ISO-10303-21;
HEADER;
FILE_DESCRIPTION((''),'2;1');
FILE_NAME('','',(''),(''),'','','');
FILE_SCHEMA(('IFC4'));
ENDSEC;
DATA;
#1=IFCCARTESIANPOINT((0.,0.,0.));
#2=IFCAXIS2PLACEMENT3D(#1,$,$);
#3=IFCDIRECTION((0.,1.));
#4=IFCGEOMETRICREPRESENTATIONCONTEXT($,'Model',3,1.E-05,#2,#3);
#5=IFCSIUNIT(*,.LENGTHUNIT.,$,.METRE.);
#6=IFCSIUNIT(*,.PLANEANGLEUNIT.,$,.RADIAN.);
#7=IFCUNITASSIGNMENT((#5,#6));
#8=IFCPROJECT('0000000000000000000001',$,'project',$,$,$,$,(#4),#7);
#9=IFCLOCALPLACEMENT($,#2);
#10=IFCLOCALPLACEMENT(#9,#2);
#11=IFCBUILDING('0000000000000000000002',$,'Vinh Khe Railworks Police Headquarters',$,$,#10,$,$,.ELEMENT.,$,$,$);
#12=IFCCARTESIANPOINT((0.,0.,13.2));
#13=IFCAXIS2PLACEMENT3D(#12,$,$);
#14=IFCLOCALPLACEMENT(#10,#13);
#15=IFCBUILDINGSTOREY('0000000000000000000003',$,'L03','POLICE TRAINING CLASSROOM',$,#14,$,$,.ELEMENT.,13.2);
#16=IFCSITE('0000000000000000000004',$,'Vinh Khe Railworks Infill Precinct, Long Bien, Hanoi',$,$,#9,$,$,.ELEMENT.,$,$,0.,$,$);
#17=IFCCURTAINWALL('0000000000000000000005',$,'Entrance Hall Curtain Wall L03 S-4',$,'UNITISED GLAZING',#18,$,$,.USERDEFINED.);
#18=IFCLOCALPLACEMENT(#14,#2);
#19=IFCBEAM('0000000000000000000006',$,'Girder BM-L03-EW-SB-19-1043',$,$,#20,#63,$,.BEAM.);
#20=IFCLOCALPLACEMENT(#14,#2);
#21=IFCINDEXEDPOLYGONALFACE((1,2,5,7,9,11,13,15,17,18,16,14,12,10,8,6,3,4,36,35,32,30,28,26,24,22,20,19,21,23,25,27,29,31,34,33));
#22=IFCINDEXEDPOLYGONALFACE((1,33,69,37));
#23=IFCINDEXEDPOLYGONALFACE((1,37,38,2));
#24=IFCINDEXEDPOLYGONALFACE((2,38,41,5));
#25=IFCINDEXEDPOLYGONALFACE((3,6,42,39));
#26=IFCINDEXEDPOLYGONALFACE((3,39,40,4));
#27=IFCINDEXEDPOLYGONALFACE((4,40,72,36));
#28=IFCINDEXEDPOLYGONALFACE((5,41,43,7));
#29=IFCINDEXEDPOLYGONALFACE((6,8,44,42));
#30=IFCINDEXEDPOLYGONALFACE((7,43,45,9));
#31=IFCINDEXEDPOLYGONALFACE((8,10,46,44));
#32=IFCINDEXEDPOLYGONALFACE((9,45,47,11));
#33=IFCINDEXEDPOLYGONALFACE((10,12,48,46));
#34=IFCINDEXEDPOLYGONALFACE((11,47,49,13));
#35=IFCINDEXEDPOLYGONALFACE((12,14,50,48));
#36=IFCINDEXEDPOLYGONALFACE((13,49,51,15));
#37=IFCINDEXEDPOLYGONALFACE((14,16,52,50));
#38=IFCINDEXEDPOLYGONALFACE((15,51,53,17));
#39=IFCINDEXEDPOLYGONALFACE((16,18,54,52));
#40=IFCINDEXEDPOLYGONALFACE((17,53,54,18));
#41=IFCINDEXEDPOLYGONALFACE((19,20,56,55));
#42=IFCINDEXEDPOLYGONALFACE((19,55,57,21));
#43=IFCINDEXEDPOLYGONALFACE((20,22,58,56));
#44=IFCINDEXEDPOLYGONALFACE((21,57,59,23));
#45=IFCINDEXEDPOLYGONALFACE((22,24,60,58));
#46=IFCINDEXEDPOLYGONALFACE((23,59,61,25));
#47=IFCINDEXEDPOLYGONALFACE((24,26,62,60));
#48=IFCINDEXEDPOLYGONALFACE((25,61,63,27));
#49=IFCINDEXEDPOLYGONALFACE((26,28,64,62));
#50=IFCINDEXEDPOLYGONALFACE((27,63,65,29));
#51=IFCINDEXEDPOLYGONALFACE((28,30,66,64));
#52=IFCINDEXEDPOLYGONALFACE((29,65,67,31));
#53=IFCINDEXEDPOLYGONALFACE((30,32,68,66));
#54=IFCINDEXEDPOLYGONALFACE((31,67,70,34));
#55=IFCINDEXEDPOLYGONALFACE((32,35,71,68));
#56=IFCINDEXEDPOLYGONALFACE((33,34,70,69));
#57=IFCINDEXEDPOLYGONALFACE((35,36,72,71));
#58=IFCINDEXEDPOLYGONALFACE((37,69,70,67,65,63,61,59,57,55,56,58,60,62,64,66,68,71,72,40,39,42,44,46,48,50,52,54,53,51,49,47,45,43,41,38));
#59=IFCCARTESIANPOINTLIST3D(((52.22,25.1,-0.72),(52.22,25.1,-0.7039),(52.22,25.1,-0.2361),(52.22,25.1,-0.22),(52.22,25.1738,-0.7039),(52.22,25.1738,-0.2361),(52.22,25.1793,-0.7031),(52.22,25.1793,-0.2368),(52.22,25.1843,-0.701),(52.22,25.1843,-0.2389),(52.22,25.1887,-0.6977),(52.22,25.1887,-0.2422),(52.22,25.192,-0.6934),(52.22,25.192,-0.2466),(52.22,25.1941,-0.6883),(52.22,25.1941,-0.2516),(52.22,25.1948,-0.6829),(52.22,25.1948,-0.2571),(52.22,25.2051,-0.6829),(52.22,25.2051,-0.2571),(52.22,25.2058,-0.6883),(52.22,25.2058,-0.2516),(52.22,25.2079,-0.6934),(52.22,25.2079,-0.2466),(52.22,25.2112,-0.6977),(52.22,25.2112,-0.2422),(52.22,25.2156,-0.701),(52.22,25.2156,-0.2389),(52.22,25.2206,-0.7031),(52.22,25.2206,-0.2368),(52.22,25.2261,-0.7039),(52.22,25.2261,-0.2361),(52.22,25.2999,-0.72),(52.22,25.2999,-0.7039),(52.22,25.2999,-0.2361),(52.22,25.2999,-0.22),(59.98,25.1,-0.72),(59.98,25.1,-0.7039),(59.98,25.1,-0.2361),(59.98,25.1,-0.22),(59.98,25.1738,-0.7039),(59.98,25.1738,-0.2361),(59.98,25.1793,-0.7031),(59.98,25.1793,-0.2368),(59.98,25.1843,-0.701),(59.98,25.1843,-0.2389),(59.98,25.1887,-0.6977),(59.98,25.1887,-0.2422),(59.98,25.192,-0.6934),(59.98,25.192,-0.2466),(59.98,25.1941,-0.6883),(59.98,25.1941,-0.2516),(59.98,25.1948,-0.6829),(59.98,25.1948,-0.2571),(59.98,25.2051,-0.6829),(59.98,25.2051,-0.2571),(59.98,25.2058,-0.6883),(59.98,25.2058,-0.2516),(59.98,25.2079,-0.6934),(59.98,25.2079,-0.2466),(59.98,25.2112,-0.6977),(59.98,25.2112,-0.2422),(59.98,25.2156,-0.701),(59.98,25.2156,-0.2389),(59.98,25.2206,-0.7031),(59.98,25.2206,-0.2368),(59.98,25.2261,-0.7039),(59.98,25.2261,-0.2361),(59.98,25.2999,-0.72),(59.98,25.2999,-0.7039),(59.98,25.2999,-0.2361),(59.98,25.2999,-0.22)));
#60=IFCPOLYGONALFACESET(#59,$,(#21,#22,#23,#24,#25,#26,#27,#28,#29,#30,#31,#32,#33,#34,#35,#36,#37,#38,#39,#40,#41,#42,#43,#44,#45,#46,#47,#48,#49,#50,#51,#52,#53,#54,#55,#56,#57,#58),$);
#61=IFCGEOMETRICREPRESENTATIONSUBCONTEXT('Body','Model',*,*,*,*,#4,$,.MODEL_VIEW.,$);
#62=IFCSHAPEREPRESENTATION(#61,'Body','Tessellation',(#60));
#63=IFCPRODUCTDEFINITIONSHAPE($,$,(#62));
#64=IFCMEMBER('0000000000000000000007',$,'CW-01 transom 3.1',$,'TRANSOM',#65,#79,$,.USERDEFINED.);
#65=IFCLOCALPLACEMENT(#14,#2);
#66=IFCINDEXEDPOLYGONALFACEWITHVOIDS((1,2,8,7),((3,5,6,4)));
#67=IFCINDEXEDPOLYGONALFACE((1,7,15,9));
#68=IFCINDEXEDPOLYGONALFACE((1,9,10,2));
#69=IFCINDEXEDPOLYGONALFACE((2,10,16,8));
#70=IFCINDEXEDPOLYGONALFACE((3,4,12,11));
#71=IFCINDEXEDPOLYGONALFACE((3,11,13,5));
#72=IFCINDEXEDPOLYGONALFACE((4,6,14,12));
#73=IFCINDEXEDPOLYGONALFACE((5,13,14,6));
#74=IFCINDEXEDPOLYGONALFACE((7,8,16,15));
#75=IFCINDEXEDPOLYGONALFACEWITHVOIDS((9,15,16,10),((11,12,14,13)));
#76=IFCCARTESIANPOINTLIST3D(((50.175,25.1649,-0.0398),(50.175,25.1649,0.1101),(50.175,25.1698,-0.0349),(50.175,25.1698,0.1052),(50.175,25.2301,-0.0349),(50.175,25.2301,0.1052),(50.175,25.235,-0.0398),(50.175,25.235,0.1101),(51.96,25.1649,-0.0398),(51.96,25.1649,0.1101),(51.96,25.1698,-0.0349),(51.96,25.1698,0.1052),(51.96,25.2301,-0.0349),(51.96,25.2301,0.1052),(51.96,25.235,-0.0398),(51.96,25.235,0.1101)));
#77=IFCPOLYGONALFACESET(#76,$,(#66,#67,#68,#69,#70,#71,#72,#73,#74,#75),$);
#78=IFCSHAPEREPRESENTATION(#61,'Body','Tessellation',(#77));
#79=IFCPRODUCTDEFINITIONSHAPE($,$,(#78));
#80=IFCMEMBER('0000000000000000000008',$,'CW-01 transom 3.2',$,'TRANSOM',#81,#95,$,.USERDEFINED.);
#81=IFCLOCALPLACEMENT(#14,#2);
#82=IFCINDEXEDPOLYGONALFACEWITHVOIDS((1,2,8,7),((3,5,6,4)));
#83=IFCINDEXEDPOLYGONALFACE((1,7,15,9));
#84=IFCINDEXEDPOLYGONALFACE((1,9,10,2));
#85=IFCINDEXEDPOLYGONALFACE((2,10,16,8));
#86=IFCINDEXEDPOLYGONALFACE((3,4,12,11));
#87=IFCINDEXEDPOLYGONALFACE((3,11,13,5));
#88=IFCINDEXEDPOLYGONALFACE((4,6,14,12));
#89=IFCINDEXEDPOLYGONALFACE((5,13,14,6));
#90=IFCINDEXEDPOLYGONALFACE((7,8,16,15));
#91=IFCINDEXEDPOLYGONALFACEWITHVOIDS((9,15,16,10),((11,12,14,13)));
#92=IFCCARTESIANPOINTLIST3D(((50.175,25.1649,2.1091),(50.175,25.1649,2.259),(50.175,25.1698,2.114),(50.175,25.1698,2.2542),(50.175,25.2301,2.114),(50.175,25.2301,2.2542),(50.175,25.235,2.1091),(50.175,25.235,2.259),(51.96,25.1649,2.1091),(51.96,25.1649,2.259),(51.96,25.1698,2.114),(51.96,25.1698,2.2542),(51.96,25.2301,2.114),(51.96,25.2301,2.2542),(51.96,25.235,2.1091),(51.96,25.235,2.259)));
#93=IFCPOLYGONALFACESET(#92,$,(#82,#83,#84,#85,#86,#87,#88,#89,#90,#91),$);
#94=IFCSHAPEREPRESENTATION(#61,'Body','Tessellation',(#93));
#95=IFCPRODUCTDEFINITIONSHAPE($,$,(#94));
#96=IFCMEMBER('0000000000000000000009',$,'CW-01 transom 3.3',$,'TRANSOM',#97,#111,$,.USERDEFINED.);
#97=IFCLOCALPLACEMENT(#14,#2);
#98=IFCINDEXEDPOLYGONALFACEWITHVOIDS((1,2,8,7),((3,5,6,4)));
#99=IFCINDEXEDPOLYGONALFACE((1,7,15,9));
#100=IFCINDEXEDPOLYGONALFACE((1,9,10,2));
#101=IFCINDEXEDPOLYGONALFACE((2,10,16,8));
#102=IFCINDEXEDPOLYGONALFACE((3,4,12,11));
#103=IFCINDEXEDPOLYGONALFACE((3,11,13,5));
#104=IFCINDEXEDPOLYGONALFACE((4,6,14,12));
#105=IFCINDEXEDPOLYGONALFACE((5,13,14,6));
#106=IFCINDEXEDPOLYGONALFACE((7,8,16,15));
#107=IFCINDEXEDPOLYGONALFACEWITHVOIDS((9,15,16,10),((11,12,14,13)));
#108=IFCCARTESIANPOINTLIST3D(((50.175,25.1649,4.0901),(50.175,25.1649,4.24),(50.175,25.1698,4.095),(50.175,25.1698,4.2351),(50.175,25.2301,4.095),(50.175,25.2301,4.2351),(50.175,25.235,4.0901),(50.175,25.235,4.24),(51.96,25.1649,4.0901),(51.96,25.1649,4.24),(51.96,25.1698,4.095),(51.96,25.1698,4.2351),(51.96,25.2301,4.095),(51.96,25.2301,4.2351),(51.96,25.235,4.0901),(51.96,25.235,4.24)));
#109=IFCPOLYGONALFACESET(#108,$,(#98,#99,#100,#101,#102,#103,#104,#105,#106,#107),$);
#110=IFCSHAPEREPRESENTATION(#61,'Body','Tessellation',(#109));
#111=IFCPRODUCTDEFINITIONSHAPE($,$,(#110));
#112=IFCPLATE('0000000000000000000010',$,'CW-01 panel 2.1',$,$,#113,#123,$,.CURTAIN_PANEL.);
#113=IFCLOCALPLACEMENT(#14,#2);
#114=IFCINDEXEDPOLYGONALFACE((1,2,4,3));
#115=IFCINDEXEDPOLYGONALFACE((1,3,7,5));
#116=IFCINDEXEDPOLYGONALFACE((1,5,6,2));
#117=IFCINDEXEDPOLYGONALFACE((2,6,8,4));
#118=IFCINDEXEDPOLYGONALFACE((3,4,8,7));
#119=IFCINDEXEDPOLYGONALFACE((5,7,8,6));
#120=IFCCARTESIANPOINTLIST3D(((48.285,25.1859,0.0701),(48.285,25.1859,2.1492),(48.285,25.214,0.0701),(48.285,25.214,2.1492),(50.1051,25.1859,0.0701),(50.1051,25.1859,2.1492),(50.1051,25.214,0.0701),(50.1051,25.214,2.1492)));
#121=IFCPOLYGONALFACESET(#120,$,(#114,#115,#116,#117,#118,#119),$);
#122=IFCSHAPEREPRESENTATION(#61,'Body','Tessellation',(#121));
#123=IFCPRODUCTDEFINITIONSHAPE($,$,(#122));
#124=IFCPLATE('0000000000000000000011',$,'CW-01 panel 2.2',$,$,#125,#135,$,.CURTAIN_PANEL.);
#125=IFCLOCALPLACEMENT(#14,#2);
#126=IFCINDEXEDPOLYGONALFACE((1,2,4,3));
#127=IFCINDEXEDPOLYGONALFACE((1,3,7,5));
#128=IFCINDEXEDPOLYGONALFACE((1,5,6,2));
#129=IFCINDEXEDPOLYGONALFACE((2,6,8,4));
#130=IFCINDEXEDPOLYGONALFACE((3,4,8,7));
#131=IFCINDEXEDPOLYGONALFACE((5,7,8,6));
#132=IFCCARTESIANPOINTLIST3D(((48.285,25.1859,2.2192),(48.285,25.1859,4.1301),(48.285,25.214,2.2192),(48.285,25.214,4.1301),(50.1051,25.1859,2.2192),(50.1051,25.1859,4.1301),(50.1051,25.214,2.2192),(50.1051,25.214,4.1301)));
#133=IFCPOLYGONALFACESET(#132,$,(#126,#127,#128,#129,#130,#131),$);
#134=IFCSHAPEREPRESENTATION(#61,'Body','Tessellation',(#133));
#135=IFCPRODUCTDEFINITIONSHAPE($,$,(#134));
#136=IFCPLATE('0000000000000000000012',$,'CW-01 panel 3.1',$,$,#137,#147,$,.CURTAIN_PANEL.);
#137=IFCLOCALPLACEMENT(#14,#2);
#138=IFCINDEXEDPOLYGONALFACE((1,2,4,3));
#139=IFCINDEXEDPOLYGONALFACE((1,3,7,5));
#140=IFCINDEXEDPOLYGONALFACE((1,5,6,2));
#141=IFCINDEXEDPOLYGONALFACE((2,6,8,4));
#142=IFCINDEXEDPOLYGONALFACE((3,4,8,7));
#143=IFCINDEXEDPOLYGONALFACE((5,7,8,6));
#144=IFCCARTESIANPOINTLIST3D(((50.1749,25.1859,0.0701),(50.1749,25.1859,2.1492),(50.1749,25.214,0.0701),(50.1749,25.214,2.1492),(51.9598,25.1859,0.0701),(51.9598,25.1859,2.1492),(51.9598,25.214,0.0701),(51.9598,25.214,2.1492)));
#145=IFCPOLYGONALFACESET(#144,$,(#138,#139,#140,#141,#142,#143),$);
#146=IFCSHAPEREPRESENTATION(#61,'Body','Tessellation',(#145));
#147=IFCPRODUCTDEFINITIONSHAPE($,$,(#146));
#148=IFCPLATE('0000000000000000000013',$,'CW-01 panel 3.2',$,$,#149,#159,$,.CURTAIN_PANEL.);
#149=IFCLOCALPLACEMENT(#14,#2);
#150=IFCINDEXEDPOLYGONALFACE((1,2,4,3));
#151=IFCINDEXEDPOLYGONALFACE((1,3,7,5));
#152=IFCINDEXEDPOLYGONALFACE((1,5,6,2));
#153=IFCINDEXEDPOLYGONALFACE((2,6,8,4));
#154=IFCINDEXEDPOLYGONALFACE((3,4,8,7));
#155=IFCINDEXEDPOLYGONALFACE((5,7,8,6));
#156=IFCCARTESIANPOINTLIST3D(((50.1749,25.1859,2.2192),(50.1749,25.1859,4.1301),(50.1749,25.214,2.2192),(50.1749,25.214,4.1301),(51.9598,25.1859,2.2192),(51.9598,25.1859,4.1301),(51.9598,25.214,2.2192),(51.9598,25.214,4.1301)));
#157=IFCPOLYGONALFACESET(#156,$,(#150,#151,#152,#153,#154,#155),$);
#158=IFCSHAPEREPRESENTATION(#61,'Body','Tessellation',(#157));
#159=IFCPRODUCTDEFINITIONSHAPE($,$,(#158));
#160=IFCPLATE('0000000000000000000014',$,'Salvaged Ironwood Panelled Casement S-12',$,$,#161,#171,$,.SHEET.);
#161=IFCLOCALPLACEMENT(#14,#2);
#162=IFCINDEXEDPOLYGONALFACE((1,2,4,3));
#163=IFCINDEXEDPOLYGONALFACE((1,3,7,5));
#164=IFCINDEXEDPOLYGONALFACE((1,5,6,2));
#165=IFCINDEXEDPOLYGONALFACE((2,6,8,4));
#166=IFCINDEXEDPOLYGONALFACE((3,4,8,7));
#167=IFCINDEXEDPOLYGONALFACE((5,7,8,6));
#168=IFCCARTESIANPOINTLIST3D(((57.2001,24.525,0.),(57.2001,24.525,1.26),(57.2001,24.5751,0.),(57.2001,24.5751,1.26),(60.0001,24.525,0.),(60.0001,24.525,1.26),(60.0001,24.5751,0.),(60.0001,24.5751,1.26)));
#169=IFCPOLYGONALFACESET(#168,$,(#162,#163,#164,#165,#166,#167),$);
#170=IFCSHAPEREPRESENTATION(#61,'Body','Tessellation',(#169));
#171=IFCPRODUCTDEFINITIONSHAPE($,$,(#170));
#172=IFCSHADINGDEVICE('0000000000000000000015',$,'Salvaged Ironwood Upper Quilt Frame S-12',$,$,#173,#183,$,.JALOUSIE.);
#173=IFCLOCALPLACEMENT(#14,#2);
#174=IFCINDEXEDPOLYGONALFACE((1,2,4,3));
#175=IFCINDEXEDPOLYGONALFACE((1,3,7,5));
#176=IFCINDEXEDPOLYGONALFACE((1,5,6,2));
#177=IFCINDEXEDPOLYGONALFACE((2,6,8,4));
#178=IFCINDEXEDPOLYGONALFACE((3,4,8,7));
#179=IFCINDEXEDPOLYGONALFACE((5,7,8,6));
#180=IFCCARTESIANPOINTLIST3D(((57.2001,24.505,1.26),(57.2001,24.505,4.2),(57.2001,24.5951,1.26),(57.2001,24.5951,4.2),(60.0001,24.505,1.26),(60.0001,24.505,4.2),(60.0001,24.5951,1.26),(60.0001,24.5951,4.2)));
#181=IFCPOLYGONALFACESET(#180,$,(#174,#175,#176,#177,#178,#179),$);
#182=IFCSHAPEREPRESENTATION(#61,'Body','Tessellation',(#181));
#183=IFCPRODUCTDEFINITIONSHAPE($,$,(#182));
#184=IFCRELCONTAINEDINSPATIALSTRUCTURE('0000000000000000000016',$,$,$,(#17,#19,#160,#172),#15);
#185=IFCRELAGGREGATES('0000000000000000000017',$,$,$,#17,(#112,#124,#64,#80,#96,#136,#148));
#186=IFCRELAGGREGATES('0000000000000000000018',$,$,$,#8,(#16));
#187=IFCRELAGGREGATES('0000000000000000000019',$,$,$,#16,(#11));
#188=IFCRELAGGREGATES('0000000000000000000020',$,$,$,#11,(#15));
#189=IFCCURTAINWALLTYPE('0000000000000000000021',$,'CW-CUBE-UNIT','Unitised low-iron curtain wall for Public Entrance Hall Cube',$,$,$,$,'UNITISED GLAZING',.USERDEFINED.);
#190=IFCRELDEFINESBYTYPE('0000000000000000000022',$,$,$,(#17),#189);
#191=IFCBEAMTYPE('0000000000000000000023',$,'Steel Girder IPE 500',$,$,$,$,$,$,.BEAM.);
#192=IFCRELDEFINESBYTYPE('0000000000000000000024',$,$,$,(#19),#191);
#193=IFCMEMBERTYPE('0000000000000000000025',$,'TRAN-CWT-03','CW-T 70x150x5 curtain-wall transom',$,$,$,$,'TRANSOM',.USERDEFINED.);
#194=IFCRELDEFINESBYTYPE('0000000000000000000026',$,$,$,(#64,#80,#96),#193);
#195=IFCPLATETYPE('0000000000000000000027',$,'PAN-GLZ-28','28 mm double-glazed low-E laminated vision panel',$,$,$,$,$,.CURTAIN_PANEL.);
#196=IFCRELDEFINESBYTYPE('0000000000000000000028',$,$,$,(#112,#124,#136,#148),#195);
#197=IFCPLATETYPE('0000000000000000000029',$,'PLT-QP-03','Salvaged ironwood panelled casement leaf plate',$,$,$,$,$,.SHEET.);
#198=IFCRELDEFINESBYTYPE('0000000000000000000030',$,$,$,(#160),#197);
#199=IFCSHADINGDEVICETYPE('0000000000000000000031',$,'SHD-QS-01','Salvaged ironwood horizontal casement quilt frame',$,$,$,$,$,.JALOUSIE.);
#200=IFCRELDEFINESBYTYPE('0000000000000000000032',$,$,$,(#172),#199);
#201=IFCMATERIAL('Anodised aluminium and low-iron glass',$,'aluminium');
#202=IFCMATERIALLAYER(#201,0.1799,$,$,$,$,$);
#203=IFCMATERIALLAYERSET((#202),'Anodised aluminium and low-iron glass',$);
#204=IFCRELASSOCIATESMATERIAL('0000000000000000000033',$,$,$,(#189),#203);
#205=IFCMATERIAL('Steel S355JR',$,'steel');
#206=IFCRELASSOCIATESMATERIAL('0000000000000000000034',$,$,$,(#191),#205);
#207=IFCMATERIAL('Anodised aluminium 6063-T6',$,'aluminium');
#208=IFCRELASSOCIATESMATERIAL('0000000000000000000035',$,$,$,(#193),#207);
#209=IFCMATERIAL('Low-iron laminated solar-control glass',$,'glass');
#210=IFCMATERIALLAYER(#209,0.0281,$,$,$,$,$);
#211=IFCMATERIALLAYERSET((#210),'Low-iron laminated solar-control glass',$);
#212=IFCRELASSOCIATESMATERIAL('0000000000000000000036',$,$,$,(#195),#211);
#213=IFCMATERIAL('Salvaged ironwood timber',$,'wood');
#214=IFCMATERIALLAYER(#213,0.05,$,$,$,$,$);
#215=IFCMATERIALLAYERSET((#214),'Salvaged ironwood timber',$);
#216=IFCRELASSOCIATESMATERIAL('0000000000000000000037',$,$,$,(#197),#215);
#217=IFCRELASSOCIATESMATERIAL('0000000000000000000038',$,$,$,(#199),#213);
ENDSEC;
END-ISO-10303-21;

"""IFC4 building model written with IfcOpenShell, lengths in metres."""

from ifc_helpers import new_model, si_unit, direction, frame, origin, origin_2d, place, context, subcontext, project, spatial, rectangle, hollow_rectangle, i_section, extrude, material, layer, layer_set, material_profile, profile_set, type_object, element, aggregate, save


model = new_model("IFC4")

# Units and contexts
model_context = context("Model", 3, precision=1e-05, world=origin(), true_north=direction((0.0, 1.0)))
body_context = subcontext(model_context, "Body", "Model", "MODEL_VIEW")
ifc_project = project(units=[si_unit("LENGTHUNIT", "METRE"), si_unit("PLANEANGLEUNIT", "RADIAN")], contexts=[model_context])

# Site, building, storey
site_placement = place(None, origin())
site = spatial("IfcSite", under=ifc_project, at=site_placement, Name="Vinh Khe Railworks Infill Precinct, Long Bien, Hanoi", CompositionType="ELEMENT", RefElevation=0.0)
building_placement = place(site_placement, origin())
building = spatial("IfcBuilding", under=site, at=building_placement, Name="Vinh Khe Railworks Police Headquarters", CompositionType="ELEMENT")
storey_placement = place(building_placement, frame((0.0, 0.0, 13.2)))
storey = spatial("IfcBuildingStorey", under=building, at=storey_placement, Name="L03", Description="POLICE TRAINING CLASSROOM", CompositionType="ELEMENT", Elevation=13.2)

# Shared definitions
ifc_material_1 = material(Name="Steel S355JR", Category="steel")

# Shared definitions
ifc_material_2 = material(Name="Salvaged ironwood timber", Category="wood")

# Curtain wall
ifc_material_3 = material(Name="Anodised aluminium and low-iron glass", Category="aluminium")
ifc_layer_1 = layer(ifc_material_3, 0.1799)
ifc_layer_set_1 = layer_set([ifc_layer_1], Name="Anodised aluminium and low-iron glass")
curtain_wall_type = type_object("IfcCurtainWallType", Name="CW-CUBE-UNIT", Description="Unitised low-iron curtain wall for Public Entrance Hall Cube", ElementType="UNITISED GLAZING", PredefinedType="USERDEFINED", material=ifc_layer_set_1)
curtain_wall_placement = place(storey_placement, origin())
curtain_wall = element("IfcCurtainWall", 1, at=curtain_wall_placement, inside=storey, type_object=curtain_wall_type, Name="Entrance Hall Curtain Wall L03 S-4", ObjectType="UNITISED GLAZING", PredefinedType="USERDEFINED")
ifc_material_4 = material(Name="Anodised aluminium 6063-T6", Category="aluminium")

# Beam
ifc_material_profile_1 = material_profile(ifc_material_1, i_section(OverallWidth=0.2, OverallDepth=0.5, WebThickness=0.0103, FlangeThickness=0.0161, FilletRadius=0.021, at=origin_2d()), Name="IPE 500")
ifc_profile_set_1 = profile_set([ifc_material_profile_1], Name="Steel S355JR")
beam_type = type_object("IfcBeamType", Name="Steel Girder IPE 500", PredefinedType="BEAM", material=ifc_profile_set_1)
beam_placement = place(storey_placement, frame((52.22, 25.2, -0.47), z_axis=(1.0, 0.0, 0.0), x_axis=(0.0, 1.0, 0.0)))
element("IfcBeam", 2, at=beam_placement, inside=storey, type_object=beam_type, Name="Girder BM-L03-EW-SB-19-1043", PredefinedType="BEAM", context=body_context, shape_type="SweptSolid", body=[
    extrude(i_section(OverallWidth=0.2, OverallDepth=0.5, WebThickness=0.0103, FlangeThickness=0.0161, FilletRadius=0.021, at=origin_2d()), origin(), (0.0, 0.0, 1.0), 7.76),
])

# Members
ifc_material_profile_2 = material_profile(ifc_material_4, hollow_rectangle(XDim=0.0701, YDim=0.1499, WallThickness=0.0049, at=origin_2d()), Name="CW-T 70x150x5")
ifc_profile_set_2 = profile_set([ifc_material_profile_2], Name="Anodised aluminium 6063-T6")
member_type_1 = type_object("IfcMemberType", Name="TRAN-CWT-03", Description="CW-T 70x150x5 curtain-wall transom", ElementType="TRANSOM", PredefinedType="USERDEFINED", material=ifc_profile_set_2)
member_1_placement = place(storey_placement, frame((50.175, 25.2, 0.0352), z_axis=(1.0, 0.0, 0.0), x_axis=(0.0, 1.0, 0.0)))
member_1 = element("IfcMember", 3, at=member_1_placement, type_object=member_type_1, Name="CW-01 transom 3.1", ObjectType="TRANSOM", PredefinedType="USERDEFINED", context=body_context, shape_type="SweptSolid", body=[
    extrude(hollow_rectangle(XDim=0.0701, YDim=0.1499, WallThickness=0.0049, at=origin_2d()), origin(), (0.0, 0.0, 1.0), 1.7849),
])
member_2_placement = place(storey_placement, frame((50.175, 25.2, 2.1841), z_axis=(1.0, 0.0, 0.0), x_axis=(0.0, 1.0, 0.0)))
member_2 = element("IfcMember", 4, at=member_2_placement, type_object=member_type_1, Name="CW-01 transom 3.2", ObjectType="TRANSOM", PredefinedType="USERDEFINED", context=body_context, shape_type="SweptSolid", body=[
    extrude(hollow_rectangle(XDim=0.0701, YDim=0.1499, WallThickness=0.0049, at=origin_2d()), origin(), (0.0, 0.0, 1.0), 1.7849),
])
member_3_placement = place(storey_placement, frame((50.175, 25.2, 4.165), z_axis=(1.0, 0.0, 0.0), x_axis=(0.0, 1.0, 0.0)))
member_3 = element("IfcMember", 5, at=member_3_placement, type_object=member_type_1, Name="CW-01 transom 3.3", ObjectType="TRANSOM", PredefinedType="USERDEFINED", context=body_context, shape_type="SweptSolid", body=[
    extrude(hollow_rectangle(XDim=0.0701, YDim=0.1499, WallThickness=0.0049, at=origin_2d()), origin(), (0.0, 0.0, 1.0), 1.7849),
])

# Plates
ifc_material_5 = material(Name="Low-iron laminated solar-control glass", Category="glass")
ifc_layer_2 = layer(ifc_material_5, 0.0281)
ifc_layer_set_2 = layer_set([ifc_layer_2], Name="Low-iron laminated solar-control glass")
plate_type_1 = type_object("IfcPlateType", Name="PAN-GLZ-28", Description="28 mm double-glazed low-E laminated vision panel", PredefinedType="CURTAIN_PANEL", material=ifc_layer_set_2)
plate_1_placement = place(storey_placement, frame((49.1951, 25.2, 0.0701), z_axis=(0.0, 0.0, 1.0), x_axis=(1.0, 0.0, 0.0)))
plate_1 = element("IfcPlate", 6, at=plate_1_placement, type_object=plate_type_1, Name="CW-01 panel 2.1", PredefinedType="CURTAIN_PANEL", context=body_context, shape_type="SweptSolid", body=[
    extrude(rectangle(XDim=1.8201, YDim=0.0281, at=origin_2d()), origin(), (0.0, 0.0, 1.0), 2.0791),
])
plate_2_placement = place(storey_placement, frame((49.1951, 25.2, 2.2192), z_axis=(0.0, 0.0, 1.0), x_axis=(1.0, 0.0, 0.0)))
plate_2 = element("IfcPlate", 7, at=plate_2_placement, type_object=plate_type_1, Name="CW-01 panel 2.2", PredefinedType="CURTAIN_PANEL", context=body_context, shape_type="SweptSolid", body=[
    extrude(rectangle(XDim=1.8201, YDim=0.0281, at=origin_2d()), origin(), (0.0, 0.0, 1.0), 1.9109),
])
plate_3_placement = place(storey_placement, frame((51.0674, 25.2, 0.0701), z_axis=(0.0, 0.0, 1.0), x_axis=(1.0, 0.0, 0.0)))
plate_3 = element("IfcPlate", 8, at=plate_3_placement, type_object=plate_type_1, Name="CW-01 panel 3.1", PredefinedType="CURTAIN_PANEL", context=body_context, shape_type="SweptSolid", body=[
    extrude(rectangle(XDim=1.7849, YDim=0.0281, at=origin_2d()), origin(), (0.0, 0.0, 1.0), 2.0791),
])
plate_4_placement = place(storey_placement, frame((51.0674, 25.2, 2.2192), z_axis=(0.0, 0.0, 1.0), x_axis=(1.0, 0.0, 0.0)))
plate_4 = element("IfcPlate", 9, at=plate_4_placement, type_object=plate_type_1, Name="CW-01 panel 3.2", PredefinedType="CURTAIN_PANEL", context=body_context, shape_type="SweptSolid", body=[
    extrude(rectangle(XDim=1.7849, YDim=0.0281, at=origin_2d()), origin(), (0.0, 0.0, 1.0), 1.9109),
])
aggregate(curtain_wall, [plate_1, plate_2, member_1, member_2, member_3, plate_3, plate_4])
ifc_layer_3 = layer(ifc_material_2, 0.05)
ifc_layer_set_3 = layer_set([ifc_layer_3], Name="Salvaged ironwood timber")
plate_type_2 = type_object("IfcPlateType", Name="PLT-QP-03", Description="Salvaged ironwood panelled casement leaf plate", PredefinedType="SHEET", material=ifc_layer_set_3)
plate_5_placement = place(storey_placement, frame((58.6001, 24.55, 0.0), z_axis=(0.0, 0.0, 1.0), x_axis=(1.0, 0.0, 0.0)))
element("IfcPlate", 10, at=plate_5_placement, inside=storey, type_object=plate_type_2, Name="Salvaged Ironwood Panelled Casement S-12", PredefinedType="SHEET", context=body_context, shape_type="SweptSolid", body=[
    extrude(rectangle(XDim=2.8, YDim=0.05, at=origin_2d()), origin(), (0.0, 0.0, 1.0), 1.26),
])

# Shading device
shading_device_type_1 = type_object("IfcShadingDeviceType", Name="SHD-QS-01", Description="Salvaged ironwood horizontal casement quilt frame", PredefinedType="JALOUSIE", material=ifc_material_2)
shading_device_1_placement = place(storey_placement, frame((58.6001, 24.55, 1.26), z_axis=(0.0, 0.0, 1.0), x_axis=(1.0, 0.0, 0.0)))
element("IfcShadingDevice", 11, at=shading_device_1_placement, inside=storey, type_object=shading_device_type_1, Name="Salvaged Ironwood Upper Quilt Frame S-12", PredefinedType="JALOUSIE", context=body_context, shape_type="SweptSolid", body=[
    extrude(rectangle(XDim=2.8, YDim=0.0901, at=origin_2d()), origin(), (0.0, 0.0, 1.0), 2.9399),
])

save(model, "model.ifc")
